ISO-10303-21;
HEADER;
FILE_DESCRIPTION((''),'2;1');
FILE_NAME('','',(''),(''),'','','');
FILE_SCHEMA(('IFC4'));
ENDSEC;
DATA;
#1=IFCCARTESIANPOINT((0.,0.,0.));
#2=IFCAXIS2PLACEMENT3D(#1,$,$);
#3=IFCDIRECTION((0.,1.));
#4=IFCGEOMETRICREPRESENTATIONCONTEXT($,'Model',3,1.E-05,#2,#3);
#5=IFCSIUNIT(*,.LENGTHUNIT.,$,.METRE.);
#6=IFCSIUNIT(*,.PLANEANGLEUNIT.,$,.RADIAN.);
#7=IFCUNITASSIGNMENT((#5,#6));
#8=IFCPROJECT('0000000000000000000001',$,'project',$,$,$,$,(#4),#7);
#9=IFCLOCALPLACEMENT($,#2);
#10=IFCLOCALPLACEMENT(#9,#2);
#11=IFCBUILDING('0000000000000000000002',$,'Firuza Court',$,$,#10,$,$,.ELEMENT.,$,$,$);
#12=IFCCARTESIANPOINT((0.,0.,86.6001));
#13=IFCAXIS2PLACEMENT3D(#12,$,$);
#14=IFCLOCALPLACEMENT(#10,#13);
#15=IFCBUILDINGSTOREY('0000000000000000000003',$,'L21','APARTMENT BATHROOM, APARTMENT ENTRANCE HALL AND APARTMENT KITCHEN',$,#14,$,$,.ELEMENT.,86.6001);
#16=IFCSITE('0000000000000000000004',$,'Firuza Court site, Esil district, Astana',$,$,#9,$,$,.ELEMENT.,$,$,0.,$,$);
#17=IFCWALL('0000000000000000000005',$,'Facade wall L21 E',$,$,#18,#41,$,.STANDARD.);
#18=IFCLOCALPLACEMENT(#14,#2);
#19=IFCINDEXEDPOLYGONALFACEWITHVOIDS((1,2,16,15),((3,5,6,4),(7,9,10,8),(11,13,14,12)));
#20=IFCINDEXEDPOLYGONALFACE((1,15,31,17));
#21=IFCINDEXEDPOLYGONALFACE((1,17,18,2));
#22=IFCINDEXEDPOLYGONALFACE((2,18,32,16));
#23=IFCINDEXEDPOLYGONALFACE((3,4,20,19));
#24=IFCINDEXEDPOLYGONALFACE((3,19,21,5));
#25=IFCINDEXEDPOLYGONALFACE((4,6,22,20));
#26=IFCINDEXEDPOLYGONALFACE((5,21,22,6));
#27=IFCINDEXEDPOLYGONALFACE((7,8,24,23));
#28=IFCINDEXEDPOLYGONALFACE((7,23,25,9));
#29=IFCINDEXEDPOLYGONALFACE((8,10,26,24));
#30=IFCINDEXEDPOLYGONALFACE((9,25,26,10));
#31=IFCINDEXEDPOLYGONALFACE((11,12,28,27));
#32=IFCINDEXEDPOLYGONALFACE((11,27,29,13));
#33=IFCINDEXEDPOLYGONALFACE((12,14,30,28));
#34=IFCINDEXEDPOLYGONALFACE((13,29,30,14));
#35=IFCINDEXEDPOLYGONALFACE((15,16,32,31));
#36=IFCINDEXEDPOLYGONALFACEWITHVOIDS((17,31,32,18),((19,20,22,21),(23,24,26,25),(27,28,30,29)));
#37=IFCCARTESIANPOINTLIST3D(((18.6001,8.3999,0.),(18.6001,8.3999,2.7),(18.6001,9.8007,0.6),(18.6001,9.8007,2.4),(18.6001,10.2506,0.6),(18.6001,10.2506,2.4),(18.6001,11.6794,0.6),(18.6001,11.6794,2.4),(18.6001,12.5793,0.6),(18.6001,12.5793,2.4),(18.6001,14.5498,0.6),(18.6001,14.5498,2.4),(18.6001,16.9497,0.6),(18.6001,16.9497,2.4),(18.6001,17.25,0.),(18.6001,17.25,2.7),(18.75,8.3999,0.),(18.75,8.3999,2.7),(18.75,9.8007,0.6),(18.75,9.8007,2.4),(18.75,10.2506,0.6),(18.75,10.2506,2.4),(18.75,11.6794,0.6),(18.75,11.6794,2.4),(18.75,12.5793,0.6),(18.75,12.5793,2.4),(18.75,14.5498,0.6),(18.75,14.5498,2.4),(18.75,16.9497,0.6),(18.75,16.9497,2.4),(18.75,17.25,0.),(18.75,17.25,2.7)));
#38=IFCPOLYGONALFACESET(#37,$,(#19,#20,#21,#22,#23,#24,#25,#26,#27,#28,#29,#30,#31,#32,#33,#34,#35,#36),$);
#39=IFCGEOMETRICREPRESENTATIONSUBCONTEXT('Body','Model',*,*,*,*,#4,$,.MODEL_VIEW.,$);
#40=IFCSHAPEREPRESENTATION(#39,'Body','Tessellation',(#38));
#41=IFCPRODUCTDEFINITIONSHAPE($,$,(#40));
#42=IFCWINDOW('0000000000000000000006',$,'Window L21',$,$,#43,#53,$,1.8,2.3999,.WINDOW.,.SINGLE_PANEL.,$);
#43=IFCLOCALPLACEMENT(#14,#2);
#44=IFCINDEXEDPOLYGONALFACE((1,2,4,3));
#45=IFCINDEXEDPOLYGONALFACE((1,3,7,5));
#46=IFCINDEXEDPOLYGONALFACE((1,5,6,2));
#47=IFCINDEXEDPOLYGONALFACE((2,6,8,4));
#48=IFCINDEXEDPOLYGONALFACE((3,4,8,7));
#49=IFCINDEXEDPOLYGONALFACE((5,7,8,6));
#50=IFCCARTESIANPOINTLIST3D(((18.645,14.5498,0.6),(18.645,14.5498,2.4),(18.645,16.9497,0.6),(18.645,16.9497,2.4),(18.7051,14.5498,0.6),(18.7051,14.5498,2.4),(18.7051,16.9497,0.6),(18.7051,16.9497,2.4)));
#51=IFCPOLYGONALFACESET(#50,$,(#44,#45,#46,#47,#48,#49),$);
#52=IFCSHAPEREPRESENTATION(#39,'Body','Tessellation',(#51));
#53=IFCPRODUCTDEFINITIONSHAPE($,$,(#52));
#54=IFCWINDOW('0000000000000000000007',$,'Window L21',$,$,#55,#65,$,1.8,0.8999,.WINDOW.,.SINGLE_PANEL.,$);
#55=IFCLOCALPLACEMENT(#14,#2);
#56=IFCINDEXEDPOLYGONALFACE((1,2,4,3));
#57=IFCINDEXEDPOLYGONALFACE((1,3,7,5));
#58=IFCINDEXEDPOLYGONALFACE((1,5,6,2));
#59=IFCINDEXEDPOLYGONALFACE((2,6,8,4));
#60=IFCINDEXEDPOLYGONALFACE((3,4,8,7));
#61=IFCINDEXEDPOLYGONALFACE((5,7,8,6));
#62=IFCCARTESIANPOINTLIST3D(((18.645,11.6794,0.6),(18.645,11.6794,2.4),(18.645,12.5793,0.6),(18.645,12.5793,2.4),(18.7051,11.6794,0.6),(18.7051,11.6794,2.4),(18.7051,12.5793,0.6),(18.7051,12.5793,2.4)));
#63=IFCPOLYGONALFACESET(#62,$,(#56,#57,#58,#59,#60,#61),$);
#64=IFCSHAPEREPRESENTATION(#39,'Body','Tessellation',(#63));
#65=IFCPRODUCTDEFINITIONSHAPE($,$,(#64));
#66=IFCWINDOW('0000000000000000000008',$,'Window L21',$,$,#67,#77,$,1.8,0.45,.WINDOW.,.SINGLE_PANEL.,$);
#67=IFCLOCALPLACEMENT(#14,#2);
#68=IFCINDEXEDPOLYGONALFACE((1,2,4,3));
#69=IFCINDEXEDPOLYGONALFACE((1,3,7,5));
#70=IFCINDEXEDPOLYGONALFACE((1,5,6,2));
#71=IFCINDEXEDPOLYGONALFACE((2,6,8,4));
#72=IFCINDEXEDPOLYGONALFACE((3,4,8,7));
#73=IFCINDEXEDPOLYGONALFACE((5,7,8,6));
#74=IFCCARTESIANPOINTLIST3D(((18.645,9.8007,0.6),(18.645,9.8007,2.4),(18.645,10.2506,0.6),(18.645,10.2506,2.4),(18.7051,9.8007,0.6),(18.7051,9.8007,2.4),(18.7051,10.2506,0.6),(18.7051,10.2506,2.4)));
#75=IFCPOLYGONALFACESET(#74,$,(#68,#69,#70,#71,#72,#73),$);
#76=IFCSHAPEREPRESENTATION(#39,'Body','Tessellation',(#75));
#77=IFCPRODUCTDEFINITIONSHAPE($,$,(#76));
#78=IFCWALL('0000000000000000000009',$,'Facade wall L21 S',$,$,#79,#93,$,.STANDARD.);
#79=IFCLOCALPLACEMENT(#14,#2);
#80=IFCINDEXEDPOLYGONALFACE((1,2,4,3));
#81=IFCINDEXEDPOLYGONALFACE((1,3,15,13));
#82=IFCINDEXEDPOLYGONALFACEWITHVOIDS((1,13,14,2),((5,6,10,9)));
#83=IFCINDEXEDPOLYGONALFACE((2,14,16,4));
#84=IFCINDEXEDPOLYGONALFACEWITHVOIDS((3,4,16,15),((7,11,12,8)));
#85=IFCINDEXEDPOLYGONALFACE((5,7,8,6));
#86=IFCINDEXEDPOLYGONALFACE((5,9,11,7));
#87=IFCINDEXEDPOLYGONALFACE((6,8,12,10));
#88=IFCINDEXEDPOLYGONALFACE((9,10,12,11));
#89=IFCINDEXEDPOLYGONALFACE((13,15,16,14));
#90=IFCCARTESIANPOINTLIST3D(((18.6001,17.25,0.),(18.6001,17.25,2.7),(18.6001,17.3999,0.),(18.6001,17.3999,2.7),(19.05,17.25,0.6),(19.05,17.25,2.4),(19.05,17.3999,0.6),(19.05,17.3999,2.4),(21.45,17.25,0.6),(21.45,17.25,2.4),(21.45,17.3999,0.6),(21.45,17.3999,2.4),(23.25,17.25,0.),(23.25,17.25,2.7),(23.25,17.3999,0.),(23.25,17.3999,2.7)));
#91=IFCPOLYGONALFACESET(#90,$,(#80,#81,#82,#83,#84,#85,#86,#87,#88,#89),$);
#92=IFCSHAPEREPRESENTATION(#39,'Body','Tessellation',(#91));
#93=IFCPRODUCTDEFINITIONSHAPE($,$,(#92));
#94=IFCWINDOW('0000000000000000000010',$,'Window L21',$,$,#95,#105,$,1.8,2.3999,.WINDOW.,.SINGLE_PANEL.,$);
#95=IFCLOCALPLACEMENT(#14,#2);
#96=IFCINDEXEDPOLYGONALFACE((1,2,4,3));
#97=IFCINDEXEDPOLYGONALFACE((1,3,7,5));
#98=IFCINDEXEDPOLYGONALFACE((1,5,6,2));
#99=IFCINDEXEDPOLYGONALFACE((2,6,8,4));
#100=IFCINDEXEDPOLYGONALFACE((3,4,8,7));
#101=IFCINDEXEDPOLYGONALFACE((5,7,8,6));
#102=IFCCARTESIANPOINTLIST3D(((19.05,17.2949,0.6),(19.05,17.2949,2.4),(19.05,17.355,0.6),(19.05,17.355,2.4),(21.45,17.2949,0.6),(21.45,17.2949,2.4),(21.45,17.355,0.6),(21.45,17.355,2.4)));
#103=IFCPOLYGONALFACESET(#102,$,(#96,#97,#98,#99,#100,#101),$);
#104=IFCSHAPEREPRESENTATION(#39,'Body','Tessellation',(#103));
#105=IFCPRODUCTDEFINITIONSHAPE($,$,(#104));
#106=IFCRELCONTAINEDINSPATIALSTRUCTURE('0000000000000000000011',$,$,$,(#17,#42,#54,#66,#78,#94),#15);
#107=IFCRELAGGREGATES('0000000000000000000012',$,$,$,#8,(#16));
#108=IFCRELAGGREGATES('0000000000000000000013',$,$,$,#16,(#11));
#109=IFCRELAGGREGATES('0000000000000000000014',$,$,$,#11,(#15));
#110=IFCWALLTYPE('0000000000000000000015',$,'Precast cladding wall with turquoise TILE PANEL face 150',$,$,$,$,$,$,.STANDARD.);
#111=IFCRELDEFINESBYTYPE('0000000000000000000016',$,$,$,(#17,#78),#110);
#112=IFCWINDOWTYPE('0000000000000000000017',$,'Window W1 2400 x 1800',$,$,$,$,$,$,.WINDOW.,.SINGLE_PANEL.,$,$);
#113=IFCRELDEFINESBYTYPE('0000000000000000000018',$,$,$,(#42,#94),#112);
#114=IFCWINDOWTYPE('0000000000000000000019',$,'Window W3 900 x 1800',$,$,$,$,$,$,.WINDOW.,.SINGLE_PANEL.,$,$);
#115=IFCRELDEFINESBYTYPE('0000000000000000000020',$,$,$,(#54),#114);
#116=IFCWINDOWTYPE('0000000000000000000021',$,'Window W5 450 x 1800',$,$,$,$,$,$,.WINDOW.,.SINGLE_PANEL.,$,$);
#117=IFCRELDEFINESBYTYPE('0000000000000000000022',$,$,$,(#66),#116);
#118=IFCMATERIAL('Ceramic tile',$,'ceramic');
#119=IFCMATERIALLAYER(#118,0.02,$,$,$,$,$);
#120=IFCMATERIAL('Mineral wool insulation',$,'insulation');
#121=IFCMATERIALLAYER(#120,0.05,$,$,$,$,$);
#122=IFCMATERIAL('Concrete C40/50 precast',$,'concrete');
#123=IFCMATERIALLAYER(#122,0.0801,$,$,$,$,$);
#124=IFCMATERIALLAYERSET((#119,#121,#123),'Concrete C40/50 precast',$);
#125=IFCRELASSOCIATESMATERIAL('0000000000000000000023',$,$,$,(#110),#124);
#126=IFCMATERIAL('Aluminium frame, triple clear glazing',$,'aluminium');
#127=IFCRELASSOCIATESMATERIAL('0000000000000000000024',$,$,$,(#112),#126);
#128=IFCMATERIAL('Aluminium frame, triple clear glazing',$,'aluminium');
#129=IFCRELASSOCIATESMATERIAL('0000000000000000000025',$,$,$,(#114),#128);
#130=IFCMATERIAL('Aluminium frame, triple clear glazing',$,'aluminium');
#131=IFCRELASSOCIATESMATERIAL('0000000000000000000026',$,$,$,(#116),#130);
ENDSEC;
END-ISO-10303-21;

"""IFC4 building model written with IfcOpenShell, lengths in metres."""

from ifc_helpers import new_model, si_unit, direction, frame, frame_2d, origin, place, context, subcontext, project, spatial, rectangle, extrude, material, layer, layer_set, type_object, element, fill, save


model = new_model("IFC4")

# Units and contexts
model_context = context("Model", 3, precision=1e-05, world=origin(), true_north=direction((0.0, 1.0)))
body_context = subcontext(model_context, "Body", "Model", "MODEL_VIEW")
ifc_project = project(units=[si_unit("LENGTHUNIT", "METRE"), si_unit("PLANEANGLEUNIT", "RADIAN")], contexts=[model_context])

# Site, building, storey
site_placement = place(None, origin())
site = spatial("IfcSite", under=ifc_project, at=site_placement, Name="Firuza Court site, Esil district, Astana", CompositionType="ELEMENT", RefElevation=0.0)
building_placement = place(site_placement, origin())
building = spatial("IfcBuilding", under=site, at=building_placement, Name="Firuza Court", CompositionType="ELEMENT")
storey_placement = place(building_placement, frame((0.0, 0.0, 86.6001)))
storey = spatial("IfcBuildingStorey", under=building, at=storey_placement, Name="L21", Description="APARTMENT BATHROOM, APARTMENT ENTRANCE HALL AND APARTMENT KITCHEN", CompositionType="ELEMENT", Elevation=86.6001)

# Wall, openings, windows
ifc_material_1 = material(Name="Ceramic tile", Category="ceramic")
ifc_layer_1 = layer(ifc_material_1, 0.02)
ifc_material_2 = material(Name="Mineral wool insulation", Category="insulation")
ifc_layer_2 = layer(ifc_material_2, 0.05)
ifc_material_3 = material(Name="Concrete C40/50 precast", Category="concrete")
ifc_layer_3 = layer(ifc_material_3, 0.0801)
ifc_layer_set_1 = layer_set([ifc_layer_1, ifc_layer_2, ifc_layer_3], Name="Concrete C40/50 precast")
wall_type_1 = type_object("IfcWallType", Name="Precast cladding wall with turquoise TILE PANEL face 150", PredefinedType="STANDARD", material=ifc_layer_set_1)
wall_1_placement = place(storey_placement, frame((18.675, 8.3999, 0.0), z_axis=(0.0, 0.0, 1.0), x_axis=(0.0, 1.0, 0.0)))
wall_1 = element("IfcWall", 1, at=wall_1_placement, inside=storey, type_object=wall_type_1, Name="Facade wall L21 E", PredefinedType="STANDARD", context=body_context, shape_type="SweptSolid", body=[
    extrude(rectangle(XDim=8.8501, YDim=0.1499, at=frame_2d((4.425, 0.0))), origin(), (0.0, 0.0, 1.0), 2.7),
])
opening_1_placement = place(wall_1_placement, frame((1.4006, 0.0, 0.6001)))
opening_1 = element("IfcOpeningElement", 2, at=opening_1_placement, cuts=wall_1, PredefinedType="OPENING", context=body_context, shape_type="SweptSolid", body=[
    extrude(rectangle(XDim=0.45, YDim=1.8, at=frame_2d((0.2251, 0.8999))), frame((0.0, 0.0869, 0.0), z_axis=(0.0, -1.0, 0.0), x_axis=(1.0, 0.0, 0.0)), (0.0, 0.0, 1.0), 0.1738),
])
opening_2_placement = place(wall_1_placement, frame((3.2795, 0.0, 0.6001)))
opening_2 = element("IfcOpeningElement", 3, at=opening_2_placement, cuts=wall_1, PredefinedType="OPENING", context=body_context, shape_type="SweptSolid", body=[
    extrude(rectangle(XDim=0.8999, YDim=1.8, at=frame_2d((0.45, 0.8999))), frame((0.0, 0.0869, 0.0), z_axis=(0.0, -1.0, 0.0), x_axis=(1.0, 0.0, 0.0)), (0.0, 0.0, 1.0), 0.1738),
])
opening_3_placement = place(wall_1_placement, frame((6.1499, 0.0, 0.6001)))
opening_3 = element("IfcOpeningElement", 4, at=opening_3_placement, cuts=wall_1, PredefinedType="OPENING", context=body_context, shape_type="SweptSolid", body=[
    extrude(rectangle(XDim=2.3999, YDim=1.8, at=frame_2d((1.2, 0.8999))), frame((0.0, 0.0869, 0.0), z_axis=(0.0, -1.0, 0.0), x_axis=(1.0, 0.0, 0.0)), (0.0, 0.0, 1.0), 0.1738),
])
ifc_material_4 = material(Name="Aluminium frame, triple clear glazing", Category="aluminium")
window_type_1 = type_object("IfcWindowType", Name="Window W1 2400 x 1800", PartitioningType="SINGLE_PANEL", PredefinedType="WINDOW", material=ifc_material_4)
window_1_placement = place(opening_3_placement, origin())
window_1 = element("IfcWindow", 5, at=window_1_placement, inside=storey, type_object=window_type_1, Name="Window L21", OverallHeight=1.8, OverallWidth=2.3999, PartitioningType="SINGLE_PANEL", PredefinedType="WINDOW", context=body_context, shape_type="SweptSolid", body=[
    extrude(rectangle(XDim=2.3999, YDim=1.8, at=frame_2d((1.2, 0.8999))), frame((0.0, 0.03, 0.0), z_axis=(0.0, -1.0, 0.0), x_axis=(1.0, 0.0, 0.0)), (0.0, 0.0, 1.0), 0.0601),
])
fill(opening_3, window_1)
ifc_material_5 = material(Name="Aluminium frame, triple clear glazing", Category="aluminium")
window_type_2 = type_object("IfcWindowType", Name="Window W3 900 x 1800", PartitioningType="SINGLE_PANEL", PredefinedType="WINDOW", material=ifc_material_5)
window_2_placement = place(opening_2_placement, origin())
window_2 = element("IfcWindow", 6, at=window_2_placement, inside=storey, type_object=window_type_2, Name="Window L21", OverallHeight=1.8, OverallWidth=0.8999, PartitioningType="SINGLE_PANEL", PredefinedType="WINDOW", context=body_context, shape_type="SweptSolid", body=[
    extrude(rectangle(XDim=0.8999, YDim=1.8, at=frame_2d((0.45, 0.8999))), frame((0.0, 0.03, 0.0), z_axis=(0.0, -1.0, 0.0), x_axis=(1.0, 0.0, 0.0)), (0.0, 0.0, 1.0), 0.0601),
])
fill(opening_2, window_2)
ifc_material_6 = material(Name="Aluminium frame, triple clear glazing", Category="aluminium")
window_type_3 = type_object("IfcWindowType", Name="Window W5 450 x 1800", PartitioningType="SINGLE_PANEL", PredefinedType="WINDOW", material=ifc_material_6)
window_3_placement = place(opening_1_placement, origin())
window_3 = element("IfcWindow", 7, at=window_3_placement, inside=storey, type_object=window_type_3, Name="Window L21", OverallHeight=1.8, OverallWidth=0.45, PartitioningType="SINGLE_PANEL", PredefinedType="WINDOW", context=body_context, shape_type="SweptSolid", body=[
    extrude(rectangle(XDim=0.45, YDim=1.8, at=frame_2d((0.2251, 0.8999))), frame((0.0, 0.03, 0.0), z_axis=(0.0, -1.0, 0.0), x_axis=(1.0, 0.0, 0.0)), (0.0, 0.0, 1.0), 0.0601),
])
fill(opening_1, window_3)

# Wall, opening, window
wall_2_placement = place(storey_placement, frame((18.6001, 17.325, 0.0), z_axis=(0.0, 0.0, 1.0), x_axis=(1.0, 0.0, 0.0)))
wall_2 = element("IfcWall", 8, at=wall_2_placement, inside=storey, type_object=wall_type_1, Name="Facade wall L21 S", PredefinedType="STANDARD", context=body_context, shape_type="SweptSolid", body=[
    extrude(rectangle(XDim=4.6499, YDim=0.1499, at=frame_2d((2.325, 0.0))), origin(), (0.0, 0.0, 1.0), 2.7),
])
opening_4_placement = place(wall_2_placement, frame((0.45, 0.0, 0.6001)))
opening_4 = element("IfcOpeningElement", 9, at=opening_4_placement, cuts=wall_2, PredefinedType="OPENING", context=body_context, shape_type="SweptSolid", body=[
    extrude(rectangle(XDim=2.3999, YDim=1.8, at=frame_2d((1.2, 0.8999))), frame((0.0, 0.0869, 0.0), z_axis=(0.0, -1.0, 0.0), x_axis=(1.0, 0.0, 0.0)), (0.0, 0.0, 1.0), 0.1738),
])
window_4_placement = place(opening_4_placement, origin())
window_4 = element("IfcWindow", 10, at=window_4_placement, inside=storey, type_object=window_type_1, Name="Window L21", OverallHeight=1.8, OverallWidth=2.3999, PartitioningType="SINGLE_PANEL", PredefinedType="WINDOW", context=body_context, shape_type="SweptSolid", body=[
    extrude(rectangle(XDim=2.3999, YDim=1.8, at=frame_2d((1.2, 0.8999))), frame((0.0, 0.03, 0.0), z_axis=(0.0, -1.0, 0.0), x_axis=(1.0, 0.0, 0.0)), (0.0, 0.0, 1.0), 0.0601),
])
fill(opening_4, window_4)

save(model, "model.ifc")
